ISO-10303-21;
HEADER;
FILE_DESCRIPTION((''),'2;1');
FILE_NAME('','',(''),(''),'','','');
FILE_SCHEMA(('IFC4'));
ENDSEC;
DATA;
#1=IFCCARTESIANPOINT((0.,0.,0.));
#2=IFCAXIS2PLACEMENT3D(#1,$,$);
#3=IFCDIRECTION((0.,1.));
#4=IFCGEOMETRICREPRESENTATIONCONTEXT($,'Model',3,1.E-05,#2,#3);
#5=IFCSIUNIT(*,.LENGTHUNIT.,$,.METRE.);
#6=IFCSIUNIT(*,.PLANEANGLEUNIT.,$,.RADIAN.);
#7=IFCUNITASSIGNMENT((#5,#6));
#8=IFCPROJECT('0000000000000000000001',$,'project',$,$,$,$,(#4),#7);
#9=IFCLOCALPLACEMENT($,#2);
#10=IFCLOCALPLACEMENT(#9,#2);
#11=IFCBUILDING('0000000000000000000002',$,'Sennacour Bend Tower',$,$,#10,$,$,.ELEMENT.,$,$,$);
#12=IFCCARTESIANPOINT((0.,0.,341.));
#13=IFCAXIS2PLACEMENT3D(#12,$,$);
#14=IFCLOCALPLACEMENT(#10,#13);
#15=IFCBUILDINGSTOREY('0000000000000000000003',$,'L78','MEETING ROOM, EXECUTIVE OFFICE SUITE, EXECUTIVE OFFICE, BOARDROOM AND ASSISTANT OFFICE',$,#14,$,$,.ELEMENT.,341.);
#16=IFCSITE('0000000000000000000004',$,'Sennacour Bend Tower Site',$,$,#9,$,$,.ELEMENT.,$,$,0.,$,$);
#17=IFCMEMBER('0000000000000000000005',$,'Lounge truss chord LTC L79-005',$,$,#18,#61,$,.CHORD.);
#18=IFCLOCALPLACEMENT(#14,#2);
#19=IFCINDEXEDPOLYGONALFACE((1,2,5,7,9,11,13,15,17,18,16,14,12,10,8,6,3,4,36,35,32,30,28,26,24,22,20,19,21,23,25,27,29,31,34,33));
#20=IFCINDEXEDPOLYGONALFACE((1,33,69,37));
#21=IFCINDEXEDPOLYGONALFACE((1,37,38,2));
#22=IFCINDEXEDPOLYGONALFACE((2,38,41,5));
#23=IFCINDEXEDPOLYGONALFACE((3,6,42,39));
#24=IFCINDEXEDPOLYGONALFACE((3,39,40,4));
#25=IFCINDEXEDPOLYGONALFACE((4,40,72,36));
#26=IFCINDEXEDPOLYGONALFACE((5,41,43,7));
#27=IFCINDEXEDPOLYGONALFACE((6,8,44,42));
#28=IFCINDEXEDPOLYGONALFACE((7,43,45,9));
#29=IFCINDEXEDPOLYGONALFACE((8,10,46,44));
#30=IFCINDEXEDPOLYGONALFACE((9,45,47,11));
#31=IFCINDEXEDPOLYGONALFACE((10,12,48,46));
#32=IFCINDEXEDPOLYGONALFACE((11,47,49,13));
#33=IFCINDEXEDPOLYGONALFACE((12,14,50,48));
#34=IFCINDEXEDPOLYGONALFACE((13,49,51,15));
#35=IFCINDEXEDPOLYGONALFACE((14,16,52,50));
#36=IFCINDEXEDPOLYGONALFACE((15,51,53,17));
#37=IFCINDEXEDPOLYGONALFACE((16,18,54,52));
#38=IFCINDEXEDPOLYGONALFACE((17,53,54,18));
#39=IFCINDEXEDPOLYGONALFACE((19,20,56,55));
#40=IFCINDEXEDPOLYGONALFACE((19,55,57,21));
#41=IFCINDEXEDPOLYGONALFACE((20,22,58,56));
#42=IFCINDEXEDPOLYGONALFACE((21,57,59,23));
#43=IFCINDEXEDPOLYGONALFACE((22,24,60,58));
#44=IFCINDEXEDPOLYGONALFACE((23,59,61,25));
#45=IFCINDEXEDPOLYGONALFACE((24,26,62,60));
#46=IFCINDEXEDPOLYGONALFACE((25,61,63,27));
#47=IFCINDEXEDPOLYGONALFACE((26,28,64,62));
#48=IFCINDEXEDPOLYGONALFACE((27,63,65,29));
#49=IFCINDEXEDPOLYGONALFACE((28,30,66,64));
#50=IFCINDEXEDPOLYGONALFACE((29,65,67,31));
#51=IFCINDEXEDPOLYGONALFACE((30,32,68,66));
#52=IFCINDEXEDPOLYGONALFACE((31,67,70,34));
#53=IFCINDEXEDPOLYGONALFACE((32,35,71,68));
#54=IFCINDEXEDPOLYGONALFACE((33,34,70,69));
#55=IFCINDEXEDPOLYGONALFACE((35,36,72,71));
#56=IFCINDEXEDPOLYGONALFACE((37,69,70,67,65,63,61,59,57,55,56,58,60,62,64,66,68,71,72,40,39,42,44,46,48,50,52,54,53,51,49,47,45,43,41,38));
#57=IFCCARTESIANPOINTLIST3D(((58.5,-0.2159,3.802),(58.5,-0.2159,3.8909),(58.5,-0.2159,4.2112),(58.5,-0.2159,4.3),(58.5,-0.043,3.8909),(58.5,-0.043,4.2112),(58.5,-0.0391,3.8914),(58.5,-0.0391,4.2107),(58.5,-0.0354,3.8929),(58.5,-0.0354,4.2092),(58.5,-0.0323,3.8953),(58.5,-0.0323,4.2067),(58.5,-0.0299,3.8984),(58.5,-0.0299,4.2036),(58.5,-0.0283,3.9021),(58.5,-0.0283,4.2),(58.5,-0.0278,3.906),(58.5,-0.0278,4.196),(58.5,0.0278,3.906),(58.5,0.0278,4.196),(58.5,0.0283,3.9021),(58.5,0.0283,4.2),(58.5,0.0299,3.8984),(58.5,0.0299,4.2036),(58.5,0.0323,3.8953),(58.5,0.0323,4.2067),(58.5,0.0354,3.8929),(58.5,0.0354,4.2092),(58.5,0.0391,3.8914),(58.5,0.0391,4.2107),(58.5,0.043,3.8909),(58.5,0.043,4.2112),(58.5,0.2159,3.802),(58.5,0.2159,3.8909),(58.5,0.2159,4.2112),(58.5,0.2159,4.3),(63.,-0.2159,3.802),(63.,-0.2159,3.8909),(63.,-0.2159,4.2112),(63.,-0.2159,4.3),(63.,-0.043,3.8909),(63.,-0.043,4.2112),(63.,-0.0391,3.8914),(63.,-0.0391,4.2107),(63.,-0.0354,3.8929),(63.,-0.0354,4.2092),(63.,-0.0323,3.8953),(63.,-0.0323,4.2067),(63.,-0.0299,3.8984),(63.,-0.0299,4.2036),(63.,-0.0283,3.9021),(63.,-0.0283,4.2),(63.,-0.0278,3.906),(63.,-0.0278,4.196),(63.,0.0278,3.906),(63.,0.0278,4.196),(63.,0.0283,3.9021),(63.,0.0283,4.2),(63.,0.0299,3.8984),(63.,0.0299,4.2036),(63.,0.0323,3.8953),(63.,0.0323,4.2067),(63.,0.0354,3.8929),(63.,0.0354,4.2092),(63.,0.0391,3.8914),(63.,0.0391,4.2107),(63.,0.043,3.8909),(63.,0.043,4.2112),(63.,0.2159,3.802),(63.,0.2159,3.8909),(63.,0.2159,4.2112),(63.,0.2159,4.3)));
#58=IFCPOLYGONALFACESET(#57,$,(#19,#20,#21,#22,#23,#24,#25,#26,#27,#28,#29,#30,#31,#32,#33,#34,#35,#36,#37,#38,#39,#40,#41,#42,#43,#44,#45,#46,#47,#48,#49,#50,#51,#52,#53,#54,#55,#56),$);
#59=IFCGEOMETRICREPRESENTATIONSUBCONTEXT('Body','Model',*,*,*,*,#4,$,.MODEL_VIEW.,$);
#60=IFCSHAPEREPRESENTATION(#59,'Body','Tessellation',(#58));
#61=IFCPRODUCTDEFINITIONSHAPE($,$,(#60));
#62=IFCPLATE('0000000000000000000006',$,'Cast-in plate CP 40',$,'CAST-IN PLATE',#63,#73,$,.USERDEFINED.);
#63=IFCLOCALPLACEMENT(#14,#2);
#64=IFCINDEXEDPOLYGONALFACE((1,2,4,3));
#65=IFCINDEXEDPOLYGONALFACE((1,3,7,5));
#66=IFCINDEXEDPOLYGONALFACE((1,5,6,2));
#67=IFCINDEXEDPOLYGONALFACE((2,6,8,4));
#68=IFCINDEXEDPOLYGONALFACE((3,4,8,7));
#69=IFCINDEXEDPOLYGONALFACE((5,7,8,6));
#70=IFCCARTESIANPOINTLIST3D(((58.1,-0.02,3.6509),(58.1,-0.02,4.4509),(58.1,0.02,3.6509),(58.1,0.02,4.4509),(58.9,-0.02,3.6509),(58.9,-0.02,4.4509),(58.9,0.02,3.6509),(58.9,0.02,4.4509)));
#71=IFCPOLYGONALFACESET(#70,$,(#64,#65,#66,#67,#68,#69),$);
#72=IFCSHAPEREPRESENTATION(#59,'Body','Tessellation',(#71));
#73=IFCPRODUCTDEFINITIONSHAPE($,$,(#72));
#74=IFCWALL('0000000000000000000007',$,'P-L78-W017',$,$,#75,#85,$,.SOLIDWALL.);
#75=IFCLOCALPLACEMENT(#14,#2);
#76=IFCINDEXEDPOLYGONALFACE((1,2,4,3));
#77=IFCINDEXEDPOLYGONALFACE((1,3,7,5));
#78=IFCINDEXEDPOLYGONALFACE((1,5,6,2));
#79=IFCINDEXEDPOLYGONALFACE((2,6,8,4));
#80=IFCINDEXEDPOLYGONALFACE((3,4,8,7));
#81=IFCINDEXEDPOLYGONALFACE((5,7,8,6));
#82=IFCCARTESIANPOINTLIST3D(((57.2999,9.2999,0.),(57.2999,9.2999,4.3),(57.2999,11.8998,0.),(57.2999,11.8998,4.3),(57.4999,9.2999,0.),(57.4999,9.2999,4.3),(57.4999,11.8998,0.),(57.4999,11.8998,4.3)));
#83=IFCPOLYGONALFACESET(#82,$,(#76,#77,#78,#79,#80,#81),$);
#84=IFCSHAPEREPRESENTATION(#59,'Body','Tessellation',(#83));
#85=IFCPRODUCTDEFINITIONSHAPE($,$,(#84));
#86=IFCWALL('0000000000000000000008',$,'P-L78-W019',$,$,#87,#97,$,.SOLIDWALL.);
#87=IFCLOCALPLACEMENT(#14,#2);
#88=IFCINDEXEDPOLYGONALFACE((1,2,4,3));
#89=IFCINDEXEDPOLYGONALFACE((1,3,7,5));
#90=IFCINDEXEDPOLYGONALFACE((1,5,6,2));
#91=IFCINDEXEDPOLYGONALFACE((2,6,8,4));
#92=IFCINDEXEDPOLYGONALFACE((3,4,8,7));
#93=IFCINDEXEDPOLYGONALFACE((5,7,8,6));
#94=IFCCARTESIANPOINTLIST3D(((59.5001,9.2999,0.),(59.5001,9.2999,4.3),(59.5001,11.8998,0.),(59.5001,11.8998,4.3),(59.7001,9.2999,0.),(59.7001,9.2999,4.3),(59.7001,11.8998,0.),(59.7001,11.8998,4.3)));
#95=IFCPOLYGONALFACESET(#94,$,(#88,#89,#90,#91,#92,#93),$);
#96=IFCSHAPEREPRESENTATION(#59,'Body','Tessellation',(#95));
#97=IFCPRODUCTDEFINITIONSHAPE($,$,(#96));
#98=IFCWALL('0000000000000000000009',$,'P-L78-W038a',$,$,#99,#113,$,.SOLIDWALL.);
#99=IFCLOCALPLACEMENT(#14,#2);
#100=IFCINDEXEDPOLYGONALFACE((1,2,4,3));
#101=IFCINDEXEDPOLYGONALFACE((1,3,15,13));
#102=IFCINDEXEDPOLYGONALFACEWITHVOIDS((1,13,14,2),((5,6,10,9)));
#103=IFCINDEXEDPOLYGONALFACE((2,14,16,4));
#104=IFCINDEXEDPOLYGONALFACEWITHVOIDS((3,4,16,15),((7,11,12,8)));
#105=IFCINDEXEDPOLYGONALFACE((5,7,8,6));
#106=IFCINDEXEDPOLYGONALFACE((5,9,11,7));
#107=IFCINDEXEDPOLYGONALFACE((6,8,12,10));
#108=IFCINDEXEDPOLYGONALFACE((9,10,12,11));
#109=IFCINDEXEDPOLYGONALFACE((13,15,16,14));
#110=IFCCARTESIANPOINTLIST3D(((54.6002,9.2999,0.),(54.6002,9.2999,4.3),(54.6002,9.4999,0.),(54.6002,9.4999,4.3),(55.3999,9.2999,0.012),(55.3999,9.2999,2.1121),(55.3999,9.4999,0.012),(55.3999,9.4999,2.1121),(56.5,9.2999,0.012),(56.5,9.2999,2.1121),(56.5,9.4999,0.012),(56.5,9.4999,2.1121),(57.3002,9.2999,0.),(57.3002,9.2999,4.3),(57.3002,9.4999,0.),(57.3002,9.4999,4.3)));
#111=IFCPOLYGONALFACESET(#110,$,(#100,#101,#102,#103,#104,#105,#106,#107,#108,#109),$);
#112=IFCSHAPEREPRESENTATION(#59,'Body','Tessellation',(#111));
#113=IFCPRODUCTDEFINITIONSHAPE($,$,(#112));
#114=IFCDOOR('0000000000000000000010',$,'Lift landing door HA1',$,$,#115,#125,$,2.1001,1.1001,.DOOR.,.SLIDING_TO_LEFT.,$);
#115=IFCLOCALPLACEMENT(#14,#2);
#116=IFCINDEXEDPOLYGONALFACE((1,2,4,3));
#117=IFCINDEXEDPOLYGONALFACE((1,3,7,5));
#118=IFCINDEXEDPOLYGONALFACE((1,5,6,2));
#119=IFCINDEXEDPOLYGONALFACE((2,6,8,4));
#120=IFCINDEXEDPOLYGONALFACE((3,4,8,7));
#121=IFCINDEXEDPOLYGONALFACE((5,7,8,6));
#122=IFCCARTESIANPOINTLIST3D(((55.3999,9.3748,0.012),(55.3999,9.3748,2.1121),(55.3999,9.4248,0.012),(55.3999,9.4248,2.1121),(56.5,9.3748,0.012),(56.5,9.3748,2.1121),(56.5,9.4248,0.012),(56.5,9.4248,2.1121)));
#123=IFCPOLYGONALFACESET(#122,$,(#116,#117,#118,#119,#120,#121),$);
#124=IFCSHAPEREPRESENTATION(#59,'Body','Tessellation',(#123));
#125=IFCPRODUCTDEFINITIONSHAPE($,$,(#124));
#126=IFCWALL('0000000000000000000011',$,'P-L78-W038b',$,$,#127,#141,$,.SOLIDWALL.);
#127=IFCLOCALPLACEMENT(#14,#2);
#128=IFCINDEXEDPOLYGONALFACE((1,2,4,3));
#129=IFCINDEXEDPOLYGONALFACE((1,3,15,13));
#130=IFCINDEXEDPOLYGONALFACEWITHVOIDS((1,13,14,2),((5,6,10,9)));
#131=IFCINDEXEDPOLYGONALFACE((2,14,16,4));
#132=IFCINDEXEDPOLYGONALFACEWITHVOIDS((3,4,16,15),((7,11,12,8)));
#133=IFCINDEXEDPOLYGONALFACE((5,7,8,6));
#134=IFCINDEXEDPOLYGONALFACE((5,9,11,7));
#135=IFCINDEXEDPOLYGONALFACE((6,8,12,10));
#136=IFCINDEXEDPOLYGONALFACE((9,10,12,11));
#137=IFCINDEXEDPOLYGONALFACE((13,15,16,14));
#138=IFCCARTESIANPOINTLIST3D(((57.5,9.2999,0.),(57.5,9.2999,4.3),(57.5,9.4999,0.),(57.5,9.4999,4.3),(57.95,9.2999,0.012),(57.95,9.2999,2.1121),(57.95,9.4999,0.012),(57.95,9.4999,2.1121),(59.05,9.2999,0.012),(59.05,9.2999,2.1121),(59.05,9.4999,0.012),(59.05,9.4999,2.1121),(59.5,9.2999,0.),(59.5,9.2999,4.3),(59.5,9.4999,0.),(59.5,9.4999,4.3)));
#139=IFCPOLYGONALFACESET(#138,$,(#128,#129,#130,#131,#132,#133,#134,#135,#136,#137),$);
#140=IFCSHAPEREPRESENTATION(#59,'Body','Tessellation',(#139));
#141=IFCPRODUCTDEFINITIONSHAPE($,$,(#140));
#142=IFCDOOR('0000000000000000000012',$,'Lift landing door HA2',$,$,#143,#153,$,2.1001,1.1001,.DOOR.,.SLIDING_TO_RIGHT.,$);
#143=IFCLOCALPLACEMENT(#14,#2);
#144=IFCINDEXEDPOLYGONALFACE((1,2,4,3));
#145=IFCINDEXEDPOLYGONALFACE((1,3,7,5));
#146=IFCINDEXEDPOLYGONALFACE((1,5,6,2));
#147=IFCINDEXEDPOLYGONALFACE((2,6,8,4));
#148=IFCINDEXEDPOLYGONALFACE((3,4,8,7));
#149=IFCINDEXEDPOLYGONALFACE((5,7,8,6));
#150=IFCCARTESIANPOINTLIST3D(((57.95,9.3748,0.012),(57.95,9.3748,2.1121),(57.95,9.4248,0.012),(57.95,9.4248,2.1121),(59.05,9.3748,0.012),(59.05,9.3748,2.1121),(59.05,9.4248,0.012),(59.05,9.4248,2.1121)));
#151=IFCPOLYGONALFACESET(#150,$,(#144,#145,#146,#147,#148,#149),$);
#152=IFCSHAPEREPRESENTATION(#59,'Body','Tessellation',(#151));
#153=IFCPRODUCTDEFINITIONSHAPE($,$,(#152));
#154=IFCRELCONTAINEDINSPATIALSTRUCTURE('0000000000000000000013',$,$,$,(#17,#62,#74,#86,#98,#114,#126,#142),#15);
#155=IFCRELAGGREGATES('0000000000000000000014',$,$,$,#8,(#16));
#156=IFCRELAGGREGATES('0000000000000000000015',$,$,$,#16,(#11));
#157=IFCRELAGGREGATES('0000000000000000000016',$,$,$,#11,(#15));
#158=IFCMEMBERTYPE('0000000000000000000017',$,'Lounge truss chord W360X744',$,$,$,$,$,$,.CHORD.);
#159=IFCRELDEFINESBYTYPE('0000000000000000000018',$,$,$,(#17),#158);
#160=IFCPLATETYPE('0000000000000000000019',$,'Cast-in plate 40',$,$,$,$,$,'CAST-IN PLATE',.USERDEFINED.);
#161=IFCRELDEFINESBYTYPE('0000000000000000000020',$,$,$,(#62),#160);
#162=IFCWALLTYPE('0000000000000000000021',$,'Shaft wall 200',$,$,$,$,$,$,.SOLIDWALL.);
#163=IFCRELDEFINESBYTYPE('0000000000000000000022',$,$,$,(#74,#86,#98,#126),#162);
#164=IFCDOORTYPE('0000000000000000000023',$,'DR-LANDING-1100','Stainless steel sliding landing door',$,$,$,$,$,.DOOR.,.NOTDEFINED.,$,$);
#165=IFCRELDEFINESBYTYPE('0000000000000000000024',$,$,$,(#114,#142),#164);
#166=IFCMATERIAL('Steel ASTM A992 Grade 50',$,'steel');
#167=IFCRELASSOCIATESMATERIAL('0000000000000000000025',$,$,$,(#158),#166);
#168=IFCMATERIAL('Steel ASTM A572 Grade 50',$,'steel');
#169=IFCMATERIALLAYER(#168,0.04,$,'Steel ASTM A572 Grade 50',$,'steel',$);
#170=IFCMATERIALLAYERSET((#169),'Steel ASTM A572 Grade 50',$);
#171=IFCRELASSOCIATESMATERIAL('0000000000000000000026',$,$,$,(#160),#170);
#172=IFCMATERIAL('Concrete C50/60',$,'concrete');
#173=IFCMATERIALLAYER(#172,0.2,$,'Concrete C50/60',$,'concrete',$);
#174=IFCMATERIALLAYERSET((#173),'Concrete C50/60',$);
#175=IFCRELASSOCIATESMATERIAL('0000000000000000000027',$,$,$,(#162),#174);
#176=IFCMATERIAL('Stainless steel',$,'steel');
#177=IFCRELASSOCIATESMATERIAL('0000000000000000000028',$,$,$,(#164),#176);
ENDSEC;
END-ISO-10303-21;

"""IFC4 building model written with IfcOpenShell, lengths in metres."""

from ifc_helpers import new_model, si_unit, direction, frame, frame_2d, origin, origin_2d, place, context, subcontext, project, spatial, rectangle, i_section, extrude, material, layer, layer_set, material_profile, profile_set, type_object, element, fill, save


model = new_model("IFC4")

# Units and contexts
model_context = context("Model", 3, precision=1e-05, world=origin(), true_north=direction((0.0, 1.0)))
body_context = subcontext(model_context, "Body", "Model", "MODEL_VIEW")
ifc_project = project(units=[si_unit("LENGTHUNIT", "METRE"), si_unit("PLANEANGLEUNIT", "RADIAN")], contexts=[model_context])

# Site, building, storey
site_placement = place(None, origin())
site = spatial("IfcSite", under=ifc_project, at=site_placement, Name="Sennacour Bend Tower Site", CompositionType="ELEMENT", RefElevation=0.0)
building_placement = place(site_placement, origin())
building = spatial("IfcBuilding", under=site, at=building_placement, Name="Sennacour Bend Tower", CompositionType="ELEMENT")
storey_placement = place(building_placement, frame((0.0, 0.0, 341.0)))
storey = spatial("IfcBuildingStorey", under=building, at=storey_placement, Name="L78", Description="MEETING ROOM, EXECUTIVE OFFICE SUITE, EXECUTIVE OFFICE, BOARDROOM AND ASSISTANT OFFICE", CompositionType="ELEMENT", Elevation=341.0)

# Member
ifc_material_1 = material(Name="Steel ASTM A992 Grade 50", Category="steel")
ifc_material_profile = material_profile(ifc_material_1, i_section(OverallWidth=0.4319, OverallDepth=0.498, WebThickness=0.0557, FlangeThickness=0.0889, FilletRadius=0.0151, at=origin_2d()), Name="Steel ASTM A992 Grade 50", Category="steel")
ifc_profile_set = profile_set([ifc_material_profile], Name="Steel ASTM A992 Grade 50")
member_type = type_object("IfcMemberType", Name="Lounge truss chord W360X744", PredefinedType="CHORD", material=ifc_profile_set)
member_placement = place(storey_placement, frame((58.5, 0.0, 4.051), z_axis=(1.0, 0.0, 0.0), x_axis=(0.0, 1.0, 0.0)))
element("IfcMember", 1, at=member_placement, inside=storey, type_object=member_type, Name="Lounge truss chord LTC L79-005", PredefinedType="CHORD", context=body_context, shape_type="SweptSolid", body=[
    extrude(i_section(OverallWidth=0.4319, OverallDepth=0.498, WebThickness=0.0557, FlangeThickness=0.0889, FilletRadius=0.0151, at=origin_2d()), origin(), (0.0, 0.0, 1.0), 4.5),
])

# Plate
ifc_material_2 = material(Name="Steel ASTM A572 Grade 50", Category="steel")
ifc_layer_1 = layer(ifc_material_2, 0.04, Name="Steel ASTM A572 Grade 50", Category="steel")
ifc_layer_set_1 = layer_set([ifc_layer_1], Name="Steel ASTM A572 Grade 50")
plate_type = type_object("IfcPlateType", Name="Cast-in plate 40", ElementType="CAST-IN PLATE", PredefinedType="USERDEFINED", material=ifc_layer_set_1)
plate_placement = place(storey_placement, frame((58.5, 0.0, 3.6509), z_axis=(0.0, 0.0, 1.0), x_axis=(1.0, 0.0, 0.0)))
element("IfcPlate", 2, at=plate_placement, inside=storey, type_object=plate_type, Name="Cast-in plate CP 40", ObjectType="CAST-IN PLATE", PredefinedType="USERDEFINED", context=body_context, shape_type="SweptSolid", body=[
    extrude(rectangle(XDim=0.8, YDim=0.04, at=origin_2d()), origin(), (0.0, 0.0, 1.0), 0.8),
])

# Walls
ifc_material_3 = material(Name="Concrete C50/60", Category="concrete")
ifc_layer_2 = layer(ifc_material_3, 0.2, Name="Concrete C50/60", Category="concrete")
ifc_layer_set_2 = layer_set([ifc_layer_2], Name="Concrete C50/60")
wall_type = type_object("IfcWallType", Name="Shaft wall 200", PredefinedType="SOLIDWALL", material=ifc_layer_set_2)
for number, where, z_axis, x_axis, name in (
    (3, (57.3999, 9.3, 0.0), (0.0, 0.0, 1.0), (0.0, 1.0, 0.0), "P-L78-W017"),
    (4, (59.6001, 9.3, 0.0), (0.0, 0.0, 1.0), (0.0, 1.0, 0.0), "P-L78-W019"),
):
    element("IfcWall", number, at=place(storey_placement, frame(where, z_axis=z_axis, x_axis=x_axis)), inside=storey, type_object=wall_type, Name=name, PredefinedType="SOLIDWALL", context=body_context, shape_type="SweptSolid", body=[
        extrude(rectangle(XDim=2.5999, YDim=0.2, at=frame_2d((1.2998, 0.0))), origin(), (0.0, 0.0, 1.0), 4.3),
    ])

# Walls, openings, doors
wall_1_placement = place(storey_placement, frame((54.6001, 9.3999, 0.0), z_axis=(0.0, 0.0, 1.0), x_axis=(1.0, 0.0, 0.0)))
wall_1 = element("IfcWall", 5, at=wall_1_placement, inside=storey, type_object=wall_type, Name="P-L78-W038a", PredefinedType="SOLIDWALL", context=body_context, shape_type="SweptSolid", body=[
    extrude(rectangle(XDim=2.7, YDim=0.2, at=frame_2d((1.3501, 0.0))), origin(), (0.0, 0.0, 1.0), 4.3),
])
opening_1_placement = place(wall_1_placement, frame((0.7998, 0.0, 0.012)))
opening_1 = element("IfcOpeningElement", 6, at=opening_1_placement, cuts=wall_1, PredefinedType="OPENING", context=body_context, shape_type="SweptSolid", body=[
    extrude(rectangle(XDim=1.1001, YDim=2.1001, at=frame_2d((0.55, 1.05))), frame((0.0, 0.1099, 0.0), z_axis=(0.0, -1.0, 0.0), x_axis=(1.0, 0.0, 0.0)), (0.0, 0.0, 1.0), 0.22),
])
ifc_material_4 = material(Name="Stainless steel", Category="steel")
door_type = type_object("IfcDoorType", Name="DR-LANDING-1100", Description="Stainless steel sliding landing door", OperationType="NOTDEFINED", PredefinedType="DOOR", material=ifc_material_4)
door_1_placement = place(opening_1_placement, origin())
door_1 = element("IfcDoor", 7, at=door_1_placement, inside=storey, type_object=door_type, Name="Lift landing door HA1", OperationType="SLIDING_TO_LEFT", OverallHeight=2.1001, OverallWidth=1.1001, PredefinedType="DOOR", context=body_context, shape_type="SweptSolid", body=[
    extrude(rectangle(XDim=1.1001, YDim=2.1001, at=frame_2d((0.55, 1.05))), frame((0.0, 0.0249, 0.0), z_axis=(0.0, -1.0, 0.0), x_axis=(1.0, 0.0, 0.0)), (0.0, 0.0, 1.0), 0.05),
])
fill(opening_1, door_1)
wall_2_placement = place(storey_placement, frame((57.5, 9.3999, 0.0), z_axis=(0.0, 0.0, 1.0), x_axis=(1.0, 0.0, 0.0)))
wall_2 = element("IfcWall", 8, at=wall_2_placement, inside=storey, type_object=wall_type, Name="P-L78-W038b", PredefinedType="SOLIDWALL", context=body_context, shape_type="SweptSolid", body=[
    extrude(rectangle(XDim=2.0, YDim=0.2, at=frame_2d((1.0, 0.0))), origin(), (0.0, 0.0, 1.0), 4.3),
])
opening_2_placement = place(wall_2_placement, frame((0.45, 0.0, 0.012)))
opening_2 = element("IfcOpeningElement", 9, at=opening_2_placement, cuts=wall_2, PredefinedType="OPENING", context=body_context, shape_type="SweptSolid", body=[
    extrude(rectangle(XDim=1.1001, YDim=2.1001, at=frame_2d((0.55, 1.05))), frame((0.0, 0.1099, 0.0), z_axis=(0.0, -1.0, 0.0), x_axis=(1.0, 0.0, 0.0)), (0.0, 0.0, 1.0), 0.22),
])
door_2_placement = place(opening_2_placement, origin())
door_2 = element("IfcDoor", 10, at=door_2_placement, inside=storey, type_object=door_type, Name="Lift landing door HA2", OperationType="SLIDING_TO_RIGHT", OverallHeight=2.1001, OverallWidth=1.1001, PredefinedType="DOOR", context=body_context, shape_type="SweptSolid", body=[
    extrude(rectangle(XDim=1.1001, YDim=2.1001, at=frame_2d((0.55, 1.05))), frame((0.0, 0.0249, 0.0), z_axis=(0.0, -1.0, 0.0), x_axis=(1.0, 0.0, 0.0)), (0.0, 0.0, 1.0), 0.05),
])
fill(opening_2, door_2)

save(model, "model.ifc")
